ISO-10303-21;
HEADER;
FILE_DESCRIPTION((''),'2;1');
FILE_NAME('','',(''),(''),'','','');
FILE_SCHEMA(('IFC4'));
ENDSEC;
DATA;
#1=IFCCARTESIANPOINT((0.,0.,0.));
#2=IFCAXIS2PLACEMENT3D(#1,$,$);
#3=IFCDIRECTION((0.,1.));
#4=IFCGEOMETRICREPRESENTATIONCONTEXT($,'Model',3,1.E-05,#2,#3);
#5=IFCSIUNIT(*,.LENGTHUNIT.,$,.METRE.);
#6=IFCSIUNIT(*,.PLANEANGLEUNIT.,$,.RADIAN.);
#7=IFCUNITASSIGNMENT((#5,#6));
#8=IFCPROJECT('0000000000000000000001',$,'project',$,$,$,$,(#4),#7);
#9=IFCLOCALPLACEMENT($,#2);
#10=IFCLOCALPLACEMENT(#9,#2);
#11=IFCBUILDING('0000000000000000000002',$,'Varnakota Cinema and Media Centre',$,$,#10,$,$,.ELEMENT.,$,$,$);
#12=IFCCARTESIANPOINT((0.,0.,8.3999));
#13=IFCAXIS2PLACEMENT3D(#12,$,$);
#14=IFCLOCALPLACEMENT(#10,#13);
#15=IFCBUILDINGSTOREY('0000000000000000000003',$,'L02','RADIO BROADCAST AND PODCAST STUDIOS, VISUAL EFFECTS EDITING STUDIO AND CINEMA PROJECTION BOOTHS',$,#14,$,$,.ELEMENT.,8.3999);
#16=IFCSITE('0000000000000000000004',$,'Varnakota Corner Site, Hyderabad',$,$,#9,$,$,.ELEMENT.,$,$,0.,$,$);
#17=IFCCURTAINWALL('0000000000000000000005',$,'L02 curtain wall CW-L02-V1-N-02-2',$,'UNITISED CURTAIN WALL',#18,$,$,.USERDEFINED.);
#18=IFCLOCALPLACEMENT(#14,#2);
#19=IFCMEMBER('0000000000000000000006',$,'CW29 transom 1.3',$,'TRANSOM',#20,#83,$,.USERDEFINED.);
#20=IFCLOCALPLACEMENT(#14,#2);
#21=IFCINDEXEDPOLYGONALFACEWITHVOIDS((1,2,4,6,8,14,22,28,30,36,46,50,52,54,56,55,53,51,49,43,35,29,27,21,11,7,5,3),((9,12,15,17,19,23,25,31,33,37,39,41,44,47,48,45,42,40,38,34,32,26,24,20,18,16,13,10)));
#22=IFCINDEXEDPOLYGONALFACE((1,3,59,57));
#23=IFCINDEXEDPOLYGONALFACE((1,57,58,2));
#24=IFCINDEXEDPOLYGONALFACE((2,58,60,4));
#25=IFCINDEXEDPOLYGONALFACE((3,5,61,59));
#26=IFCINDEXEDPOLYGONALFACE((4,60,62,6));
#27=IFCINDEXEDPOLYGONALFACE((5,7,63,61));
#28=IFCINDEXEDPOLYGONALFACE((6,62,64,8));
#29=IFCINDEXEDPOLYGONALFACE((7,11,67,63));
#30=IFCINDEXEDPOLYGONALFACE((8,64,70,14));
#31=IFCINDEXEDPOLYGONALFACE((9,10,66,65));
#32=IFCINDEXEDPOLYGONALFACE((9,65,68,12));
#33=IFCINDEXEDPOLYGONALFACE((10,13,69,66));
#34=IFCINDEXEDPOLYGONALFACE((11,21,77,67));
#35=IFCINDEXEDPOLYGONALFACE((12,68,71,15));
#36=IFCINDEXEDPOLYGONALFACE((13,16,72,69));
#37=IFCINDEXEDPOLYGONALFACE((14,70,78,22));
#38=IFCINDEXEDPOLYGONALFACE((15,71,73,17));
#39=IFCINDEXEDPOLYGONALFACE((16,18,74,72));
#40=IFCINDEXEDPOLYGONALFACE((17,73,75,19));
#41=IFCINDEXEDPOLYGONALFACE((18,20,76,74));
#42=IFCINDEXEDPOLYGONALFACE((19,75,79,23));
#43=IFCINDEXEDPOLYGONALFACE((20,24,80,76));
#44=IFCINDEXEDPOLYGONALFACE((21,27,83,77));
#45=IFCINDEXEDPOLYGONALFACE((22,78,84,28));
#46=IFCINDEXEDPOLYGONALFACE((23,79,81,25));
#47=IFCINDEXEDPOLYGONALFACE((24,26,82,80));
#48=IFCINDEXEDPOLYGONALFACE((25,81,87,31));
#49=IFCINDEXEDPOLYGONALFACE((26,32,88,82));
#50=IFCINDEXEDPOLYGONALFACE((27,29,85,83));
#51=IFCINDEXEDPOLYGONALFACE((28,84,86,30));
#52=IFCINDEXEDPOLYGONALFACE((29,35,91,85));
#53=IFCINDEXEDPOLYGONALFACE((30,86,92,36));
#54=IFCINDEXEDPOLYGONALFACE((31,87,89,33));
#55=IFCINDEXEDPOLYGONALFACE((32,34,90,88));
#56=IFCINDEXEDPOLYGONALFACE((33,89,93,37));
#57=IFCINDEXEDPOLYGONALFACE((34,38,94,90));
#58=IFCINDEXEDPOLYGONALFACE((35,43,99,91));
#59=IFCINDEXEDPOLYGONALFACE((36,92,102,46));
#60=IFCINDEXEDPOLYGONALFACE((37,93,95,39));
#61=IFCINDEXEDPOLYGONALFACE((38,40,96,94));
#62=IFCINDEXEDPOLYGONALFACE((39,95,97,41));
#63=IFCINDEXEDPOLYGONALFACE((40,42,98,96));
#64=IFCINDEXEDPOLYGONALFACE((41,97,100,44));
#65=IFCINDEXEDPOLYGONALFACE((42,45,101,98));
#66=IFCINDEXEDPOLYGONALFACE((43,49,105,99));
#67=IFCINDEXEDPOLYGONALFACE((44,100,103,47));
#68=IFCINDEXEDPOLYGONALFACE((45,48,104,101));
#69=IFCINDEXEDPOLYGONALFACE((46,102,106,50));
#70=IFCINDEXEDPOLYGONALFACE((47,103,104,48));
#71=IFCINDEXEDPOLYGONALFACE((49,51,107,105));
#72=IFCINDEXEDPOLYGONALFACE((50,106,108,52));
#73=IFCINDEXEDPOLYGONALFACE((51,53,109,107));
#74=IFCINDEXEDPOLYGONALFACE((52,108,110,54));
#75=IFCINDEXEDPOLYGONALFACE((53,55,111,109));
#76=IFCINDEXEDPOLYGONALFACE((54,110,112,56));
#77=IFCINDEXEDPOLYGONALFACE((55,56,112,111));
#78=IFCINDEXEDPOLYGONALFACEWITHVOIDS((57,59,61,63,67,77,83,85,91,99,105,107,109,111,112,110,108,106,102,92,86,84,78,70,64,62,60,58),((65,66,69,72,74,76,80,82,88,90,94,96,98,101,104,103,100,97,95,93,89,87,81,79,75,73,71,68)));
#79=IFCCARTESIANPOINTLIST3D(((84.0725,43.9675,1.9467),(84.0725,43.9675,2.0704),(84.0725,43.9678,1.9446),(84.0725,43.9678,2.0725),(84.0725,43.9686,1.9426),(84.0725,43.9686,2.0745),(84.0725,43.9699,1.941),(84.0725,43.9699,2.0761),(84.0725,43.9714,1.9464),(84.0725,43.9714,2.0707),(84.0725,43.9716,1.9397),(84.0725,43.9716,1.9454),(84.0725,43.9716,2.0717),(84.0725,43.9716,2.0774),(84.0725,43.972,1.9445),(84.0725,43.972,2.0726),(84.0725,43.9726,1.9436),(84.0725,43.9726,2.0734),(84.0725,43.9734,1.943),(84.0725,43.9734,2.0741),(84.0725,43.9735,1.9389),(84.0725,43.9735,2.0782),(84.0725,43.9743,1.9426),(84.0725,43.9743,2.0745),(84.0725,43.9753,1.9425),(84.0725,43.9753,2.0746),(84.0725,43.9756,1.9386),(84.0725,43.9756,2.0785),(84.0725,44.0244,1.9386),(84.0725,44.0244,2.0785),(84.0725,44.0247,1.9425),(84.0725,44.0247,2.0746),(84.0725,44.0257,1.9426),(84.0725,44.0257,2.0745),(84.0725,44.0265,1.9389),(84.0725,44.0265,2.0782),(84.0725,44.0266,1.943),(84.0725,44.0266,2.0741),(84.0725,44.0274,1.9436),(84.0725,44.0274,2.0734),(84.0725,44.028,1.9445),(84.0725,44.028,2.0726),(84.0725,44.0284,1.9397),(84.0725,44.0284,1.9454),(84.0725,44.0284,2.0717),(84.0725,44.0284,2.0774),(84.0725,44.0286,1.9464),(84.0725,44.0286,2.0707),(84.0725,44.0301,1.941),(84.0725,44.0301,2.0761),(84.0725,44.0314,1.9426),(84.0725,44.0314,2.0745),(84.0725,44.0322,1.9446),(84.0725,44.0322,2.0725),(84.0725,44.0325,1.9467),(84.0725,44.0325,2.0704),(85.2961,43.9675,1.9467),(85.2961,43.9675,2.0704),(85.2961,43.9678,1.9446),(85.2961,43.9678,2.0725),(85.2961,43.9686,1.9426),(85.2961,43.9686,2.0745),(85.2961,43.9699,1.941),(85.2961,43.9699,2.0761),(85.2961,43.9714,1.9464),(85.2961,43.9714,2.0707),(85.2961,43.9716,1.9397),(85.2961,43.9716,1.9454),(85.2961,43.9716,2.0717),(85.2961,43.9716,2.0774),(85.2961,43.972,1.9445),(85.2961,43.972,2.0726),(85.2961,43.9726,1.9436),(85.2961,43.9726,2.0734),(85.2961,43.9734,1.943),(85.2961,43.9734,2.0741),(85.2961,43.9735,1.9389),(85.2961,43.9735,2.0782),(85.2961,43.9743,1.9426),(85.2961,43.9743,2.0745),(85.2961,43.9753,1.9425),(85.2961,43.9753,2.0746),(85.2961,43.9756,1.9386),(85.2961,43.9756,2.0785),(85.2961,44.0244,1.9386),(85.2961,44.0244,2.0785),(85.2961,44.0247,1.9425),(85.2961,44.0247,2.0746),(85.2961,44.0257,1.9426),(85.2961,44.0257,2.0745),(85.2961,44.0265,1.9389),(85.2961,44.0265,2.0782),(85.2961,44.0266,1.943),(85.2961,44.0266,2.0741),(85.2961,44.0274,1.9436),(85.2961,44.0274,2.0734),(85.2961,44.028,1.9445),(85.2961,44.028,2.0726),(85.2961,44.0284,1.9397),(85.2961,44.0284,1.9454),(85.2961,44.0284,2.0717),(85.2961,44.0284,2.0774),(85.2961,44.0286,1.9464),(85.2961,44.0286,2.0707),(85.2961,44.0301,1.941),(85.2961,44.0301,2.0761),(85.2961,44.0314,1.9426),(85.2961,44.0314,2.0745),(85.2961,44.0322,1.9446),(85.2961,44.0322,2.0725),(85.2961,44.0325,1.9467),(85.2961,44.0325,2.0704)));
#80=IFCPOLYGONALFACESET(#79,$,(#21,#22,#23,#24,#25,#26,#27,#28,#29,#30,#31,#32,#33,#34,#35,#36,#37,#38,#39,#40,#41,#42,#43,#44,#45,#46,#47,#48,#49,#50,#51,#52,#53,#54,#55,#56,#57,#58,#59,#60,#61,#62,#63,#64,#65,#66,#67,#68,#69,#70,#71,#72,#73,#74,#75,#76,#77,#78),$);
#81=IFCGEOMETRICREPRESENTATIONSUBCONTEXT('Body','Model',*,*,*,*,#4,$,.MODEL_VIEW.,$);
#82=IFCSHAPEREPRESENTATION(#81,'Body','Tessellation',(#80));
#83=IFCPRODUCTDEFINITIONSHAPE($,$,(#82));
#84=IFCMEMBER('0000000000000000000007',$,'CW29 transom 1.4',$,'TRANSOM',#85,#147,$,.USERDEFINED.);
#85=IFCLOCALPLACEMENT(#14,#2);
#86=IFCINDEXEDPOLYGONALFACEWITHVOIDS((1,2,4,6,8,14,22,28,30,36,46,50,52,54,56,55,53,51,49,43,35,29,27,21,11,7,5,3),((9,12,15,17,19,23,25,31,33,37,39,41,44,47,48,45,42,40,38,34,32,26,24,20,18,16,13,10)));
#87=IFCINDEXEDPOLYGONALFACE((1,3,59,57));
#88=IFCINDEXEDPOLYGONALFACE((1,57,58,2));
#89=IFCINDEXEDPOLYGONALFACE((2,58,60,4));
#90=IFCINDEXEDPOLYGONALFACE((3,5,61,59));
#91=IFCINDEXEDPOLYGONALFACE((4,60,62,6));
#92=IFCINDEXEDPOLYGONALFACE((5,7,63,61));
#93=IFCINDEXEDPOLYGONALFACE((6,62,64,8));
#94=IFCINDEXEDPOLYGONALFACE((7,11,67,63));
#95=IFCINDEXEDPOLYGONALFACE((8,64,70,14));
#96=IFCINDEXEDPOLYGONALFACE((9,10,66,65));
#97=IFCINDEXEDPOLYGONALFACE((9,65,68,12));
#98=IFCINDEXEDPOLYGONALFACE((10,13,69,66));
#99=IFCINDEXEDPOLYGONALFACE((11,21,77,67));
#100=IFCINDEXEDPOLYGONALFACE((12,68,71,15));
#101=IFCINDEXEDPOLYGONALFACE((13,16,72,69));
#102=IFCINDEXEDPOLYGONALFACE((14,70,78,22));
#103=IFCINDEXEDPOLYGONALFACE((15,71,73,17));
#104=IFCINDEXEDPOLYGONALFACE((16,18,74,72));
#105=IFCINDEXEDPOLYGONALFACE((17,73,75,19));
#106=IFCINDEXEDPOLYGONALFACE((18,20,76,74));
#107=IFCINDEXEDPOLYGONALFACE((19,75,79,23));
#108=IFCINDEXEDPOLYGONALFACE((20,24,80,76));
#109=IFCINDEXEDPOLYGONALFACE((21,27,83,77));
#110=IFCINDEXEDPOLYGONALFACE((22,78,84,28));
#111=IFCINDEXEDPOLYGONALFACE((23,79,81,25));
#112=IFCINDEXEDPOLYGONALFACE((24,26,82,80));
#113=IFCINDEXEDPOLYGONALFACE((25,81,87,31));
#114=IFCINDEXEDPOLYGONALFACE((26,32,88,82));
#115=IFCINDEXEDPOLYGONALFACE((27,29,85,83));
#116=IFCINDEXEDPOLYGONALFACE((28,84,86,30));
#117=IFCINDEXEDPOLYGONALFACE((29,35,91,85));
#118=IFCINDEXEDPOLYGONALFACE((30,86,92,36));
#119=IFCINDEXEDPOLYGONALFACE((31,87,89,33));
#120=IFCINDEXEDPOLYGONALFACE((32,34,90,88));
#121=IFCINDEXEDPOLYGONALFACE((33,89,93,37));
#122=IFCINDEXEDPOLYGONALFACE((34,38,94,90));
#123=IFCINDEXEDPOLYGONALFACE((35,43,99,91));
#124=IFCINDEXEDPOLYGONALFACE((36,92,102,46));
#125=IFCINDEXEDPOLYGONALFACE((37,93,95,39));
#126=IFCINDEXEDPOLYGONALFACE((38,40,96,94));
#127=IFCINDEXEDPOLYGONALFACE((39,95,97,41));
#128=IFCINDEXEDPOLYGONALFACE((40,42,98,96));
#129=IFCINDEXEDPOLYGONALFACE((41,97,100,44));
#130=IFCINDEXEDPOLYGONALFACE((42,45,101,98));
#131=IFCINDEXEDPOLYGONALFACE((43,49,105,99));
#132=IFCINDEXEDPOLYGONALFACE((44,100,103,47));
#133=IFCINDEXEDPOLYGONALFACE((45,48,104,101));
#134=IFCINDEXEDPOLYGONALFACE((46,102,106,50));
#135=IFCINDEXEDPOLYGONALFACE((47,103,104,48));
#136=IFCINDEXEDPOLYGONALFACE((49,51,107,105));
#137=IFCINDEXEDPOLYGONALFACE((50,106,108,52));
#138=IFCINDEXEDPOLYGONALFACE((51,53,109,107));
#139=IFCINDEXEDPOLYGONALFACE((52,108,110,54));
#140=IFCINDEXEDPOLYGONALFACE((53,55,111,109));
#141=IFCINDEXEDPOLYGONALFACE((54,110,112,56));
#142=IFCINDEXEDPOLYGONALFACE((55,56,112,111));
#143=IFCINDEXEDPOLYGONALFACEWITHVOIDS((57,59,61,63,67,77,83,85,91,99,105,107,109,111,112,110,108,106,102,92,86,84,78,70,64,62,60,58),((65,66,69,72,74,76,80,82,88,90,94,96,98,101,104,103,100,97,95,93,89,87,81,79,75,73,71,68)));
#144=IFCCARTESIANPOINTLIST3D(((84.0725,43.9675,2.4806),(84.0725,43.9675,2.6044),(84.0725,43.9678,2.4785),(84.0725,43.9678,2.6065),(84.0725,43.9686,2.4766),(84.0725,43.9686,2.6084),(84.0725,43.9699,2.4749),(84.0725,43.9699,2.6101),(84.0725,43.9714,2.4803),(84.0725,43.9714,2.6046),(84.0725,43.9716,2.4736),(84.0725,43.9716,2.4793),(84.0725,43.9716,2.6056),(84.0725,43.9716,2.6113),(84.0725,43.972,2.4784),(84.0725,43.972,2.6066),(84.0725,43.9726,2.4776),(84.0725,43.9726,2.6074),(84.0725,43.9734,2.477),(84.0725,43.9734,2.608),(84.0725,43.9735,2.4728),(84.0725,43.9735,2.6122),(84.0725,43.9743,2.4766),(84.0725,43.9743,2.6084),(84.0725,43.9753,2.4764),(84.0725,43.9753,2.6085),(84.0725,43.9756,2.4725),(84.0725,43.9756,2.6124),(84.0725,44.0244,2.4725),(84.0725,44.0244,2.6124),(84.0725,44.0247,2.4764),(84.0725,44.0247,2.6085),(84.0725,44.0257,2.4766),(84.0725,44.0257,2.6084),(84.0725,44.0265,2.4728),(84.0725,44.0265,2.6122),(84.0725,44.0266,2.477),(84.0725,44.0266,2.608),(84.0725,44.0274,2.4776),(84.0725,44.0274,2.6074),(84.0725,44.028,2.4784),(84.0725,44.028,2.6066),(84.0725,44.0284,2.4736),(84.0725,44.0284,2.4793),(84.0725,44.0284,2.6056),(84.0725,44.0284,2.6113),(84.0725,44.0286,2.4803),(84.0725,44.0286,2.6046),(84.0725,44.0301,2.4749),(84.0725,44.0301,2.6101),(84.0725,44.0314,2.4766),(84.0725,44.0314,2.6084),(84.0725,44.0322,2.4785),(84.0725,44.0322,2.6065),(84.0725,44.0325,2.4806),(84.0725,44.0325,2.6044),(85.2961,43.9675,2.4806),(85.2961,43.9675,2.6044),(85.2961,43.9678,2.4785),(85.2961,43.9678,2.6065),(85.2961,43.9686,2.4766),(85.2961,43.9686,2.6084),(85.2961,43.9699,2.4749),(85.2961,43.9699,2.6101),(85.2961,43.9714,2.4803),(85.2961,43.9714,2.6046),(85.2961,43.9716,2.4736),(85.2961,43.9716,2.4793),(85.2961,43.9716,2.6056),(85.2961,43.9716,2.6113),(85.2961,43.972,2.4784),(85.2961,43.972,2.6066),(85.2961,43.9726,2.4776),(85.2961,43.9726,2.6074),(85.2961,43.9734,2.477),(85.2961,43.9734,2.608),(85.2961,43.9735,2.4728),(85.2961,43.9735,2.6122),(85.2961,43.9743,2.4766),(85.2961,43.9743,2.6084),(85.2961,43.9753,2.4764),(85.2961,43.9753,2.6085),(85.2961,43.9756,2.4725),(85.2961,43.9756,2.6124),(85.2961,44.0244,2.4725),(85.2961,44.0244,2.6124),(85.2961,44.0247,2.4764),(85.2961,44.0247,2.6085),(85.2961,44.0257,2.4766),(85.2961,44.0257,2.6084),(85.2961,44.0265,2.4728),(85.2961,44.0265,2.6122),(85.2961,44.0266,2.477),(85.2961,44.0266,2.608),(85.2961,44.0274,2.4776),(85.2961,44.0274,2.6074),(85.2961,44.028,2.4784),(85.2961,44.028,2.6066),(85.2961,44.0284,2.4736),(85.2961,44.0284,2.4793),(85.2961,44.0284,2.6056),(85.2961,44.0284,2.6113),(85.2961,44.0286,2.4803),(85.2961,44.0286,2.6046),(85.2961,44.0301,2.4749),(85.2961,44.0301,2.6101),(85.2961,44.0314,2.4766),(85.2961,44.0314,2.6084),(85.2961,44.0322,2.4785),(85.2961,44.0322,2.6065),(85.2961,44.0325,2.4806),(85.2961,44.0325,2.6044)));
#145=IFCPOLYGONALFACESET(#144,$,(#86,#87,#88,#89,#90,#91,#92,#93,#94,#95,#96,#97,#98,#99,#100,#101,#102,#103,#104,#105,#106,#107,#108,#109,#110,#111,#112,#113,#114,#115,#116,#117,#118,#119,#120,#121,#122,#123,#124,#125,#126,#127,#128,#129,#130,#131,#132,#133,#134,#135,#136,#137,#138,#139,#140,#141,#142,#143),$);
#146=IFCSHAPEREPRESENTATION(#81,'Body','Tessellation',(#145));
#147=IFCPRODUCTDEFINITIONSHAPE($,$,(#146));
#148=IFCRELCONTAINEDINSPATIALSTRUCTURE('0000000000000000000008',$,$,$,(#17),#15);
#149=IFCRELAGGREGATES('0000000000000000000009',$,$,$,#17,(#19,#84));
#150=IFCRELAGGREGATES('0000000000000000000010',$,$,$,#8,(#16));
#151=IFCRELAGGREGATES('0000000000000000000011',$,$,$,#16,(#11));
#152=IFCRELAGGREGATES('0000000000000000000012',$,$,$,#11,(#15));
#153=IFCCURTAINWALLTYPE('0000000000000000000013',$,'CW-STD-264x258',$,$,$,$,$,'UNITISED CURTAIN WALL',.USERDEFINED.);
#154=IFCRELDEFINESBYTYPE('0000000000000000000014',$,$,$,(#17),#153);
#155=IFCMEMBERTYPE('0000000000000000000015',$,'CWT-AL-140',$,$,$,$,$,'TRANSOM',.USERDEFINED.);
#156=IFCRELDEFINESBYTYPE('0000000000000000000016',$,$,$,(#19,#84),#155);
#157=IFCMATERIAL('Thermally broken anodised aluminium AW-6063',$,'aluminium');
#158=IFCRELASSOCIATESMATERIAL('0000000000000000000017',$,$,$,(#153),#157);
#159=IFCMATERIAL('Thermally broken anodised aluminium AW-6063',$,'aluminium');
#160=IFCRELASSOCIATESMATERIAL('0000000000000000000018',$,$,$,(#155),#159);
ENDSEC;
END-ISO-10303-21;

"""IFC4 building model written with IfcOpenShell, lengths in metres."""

from ifc_helpers import new_model, si_unit, direction, frame, origin, origin_2d, place, context, subcontext, project, spatial, hollow_rectangle, extrude, material, material_profile, profile_set, type_object, element, aggregate, save


model = new_model("IFC4")

# Units and contexts
model_context = context("Model", 3, precision=1e-05, world=origin(), true_north=direction((0.0, 1.0)))
body_context = subcontext(model_context, "Body", "Model", "MODEL_VIEW")
ifc_project = project(units=[si_unit("LENGTHUNIT", "METRE"), si_unit("PLANEANGLEUNIT", "RADIAN")], contexts=[model_context])

# Site, building, storey
site_placement = place(None, origin())
site = spatial("IfcSite", under=ifc_project, at=site_placement, Name="Varnakota Corner Site, Hyderabad", CompositionType="ELEMENT", RefElevation=0.0)
building_placement = place(site_placement, origin())
building = spatial("IfcBuilding", under=site, at=building_placement, Name="Varnakota Cinema and Media Centre", CompositionType="ELEMENT")
storey_placement = place(building_placement, frame((0.0, 0.0, 8.3999)))
storey = spatial("IfcBuildingStorey", under=building, at=storey_placement, Name="L02", Description="RADIO BROADCAST AND PODCAST STUDIOS, VISUAL EFFECTS EDITING STUDIO AND CINEMA PROJECTION BOOTHS", CompositionType="ELEMENT", Elevation=8.3999)

# Curtain wall
ifc_material_1 = material(Name="Thermally broken anodised aluminium AW-6063", Category="aluminium")
curtain_wall_type = type_object("IfcCurtainWallType", Name="CW-STD-264x258", ElementType="UNITISED CURTAIN WALL", PredefinedType="USERDEFINED", material=ifc_material_1)
curtain_wall_1_placement = place(storey_placement, origin())
curtain_wall_1 = element("IfcCurtainWall", 1, at=curtain_wall_1_placement, inside=storey, type_object=curtain_wall_type, Name="L02 curtain wall CW-L02-V1-N-02-2", ObjectType="UNITISED CURTAIN WALL", PredefinedType="USERDEFINED")

# Members
ifc_material_2 = material(Name="Thermally broken anodised aluminium AW-6063", Category="aluminium")
ifc_material_profile_1 = material_profile(ifc_material_2, hollow_rectangle(XDim=0.0649, YDim=0.1399, WallThickness=0.0039, InnerFilletRadius=0.0039, OuterFilletRadius=0.0081, at=origin_2d()), Name="AL-TRANSOM 140x65x4")
ifc_profile_set_1 = profile_set([ifc_material_profile_1], Name="Thermally broken anodised aluminium AW-6063")
member_type_1 = type_object("IfcMemberType", Name="CWT-AL-140", ElementType="TRANSOM", PredefinedType="USERDEFINED", material=ifc_profile_set_1)
member_1_placement = place(storey_placement, frame((84.0725, 44.0, 2.0085), z_axis=(1.0, 0.0, 0.0), x_axis=(0.0, 1.0, 0.0)))
member_1 = element("IfcMember", 2, at=member_1_placement, type_object=member_type_1, Name="CW29 transom 1.3", ObjectType="TRANSOM", PredefinedType="USERDEFINED", context=body_context, shape_type="SweptSolid", body=[
    extrude(hollow_rectangle(XDim=0.0649, YDim=0.1399, WallThickness=0.0039, InnerFilletRadius=0.0039, OuterFilletRadius=0.0081, at=origin_2d()), origin(), (0.0, 0.0, 1.0), 1.2236),
])
member_2_placement = place(storey_placement, frame((84.0725, 44.0, 2.5425), z_axis=(1.0, 0.0, 0.0), x_axis=(0.0, 1.0, 0.0)))
member_2 = element("IfcMember", 3, at=member_2_placement, type_object=member_type_1, Name="CW29 transom 1.4", ObjectType="TRANSOM", PredefinedType="USERDEFINED", context=body_context, shape_type="SweptSolid", body=[
    extrude(hollow_rectangle(XDim=0.0649, YDim=0.1399, WallThickness=0.0039, InnerFilletRadius=0.0039, OuterFilletRadius=0.0081, at=origin_2d()), origin(), (0.0, 0.0, 1.0), 1.2236),
])

aggregate(curtain_wall_1, [member_1, member_2])

save(model, "model.ifc")
